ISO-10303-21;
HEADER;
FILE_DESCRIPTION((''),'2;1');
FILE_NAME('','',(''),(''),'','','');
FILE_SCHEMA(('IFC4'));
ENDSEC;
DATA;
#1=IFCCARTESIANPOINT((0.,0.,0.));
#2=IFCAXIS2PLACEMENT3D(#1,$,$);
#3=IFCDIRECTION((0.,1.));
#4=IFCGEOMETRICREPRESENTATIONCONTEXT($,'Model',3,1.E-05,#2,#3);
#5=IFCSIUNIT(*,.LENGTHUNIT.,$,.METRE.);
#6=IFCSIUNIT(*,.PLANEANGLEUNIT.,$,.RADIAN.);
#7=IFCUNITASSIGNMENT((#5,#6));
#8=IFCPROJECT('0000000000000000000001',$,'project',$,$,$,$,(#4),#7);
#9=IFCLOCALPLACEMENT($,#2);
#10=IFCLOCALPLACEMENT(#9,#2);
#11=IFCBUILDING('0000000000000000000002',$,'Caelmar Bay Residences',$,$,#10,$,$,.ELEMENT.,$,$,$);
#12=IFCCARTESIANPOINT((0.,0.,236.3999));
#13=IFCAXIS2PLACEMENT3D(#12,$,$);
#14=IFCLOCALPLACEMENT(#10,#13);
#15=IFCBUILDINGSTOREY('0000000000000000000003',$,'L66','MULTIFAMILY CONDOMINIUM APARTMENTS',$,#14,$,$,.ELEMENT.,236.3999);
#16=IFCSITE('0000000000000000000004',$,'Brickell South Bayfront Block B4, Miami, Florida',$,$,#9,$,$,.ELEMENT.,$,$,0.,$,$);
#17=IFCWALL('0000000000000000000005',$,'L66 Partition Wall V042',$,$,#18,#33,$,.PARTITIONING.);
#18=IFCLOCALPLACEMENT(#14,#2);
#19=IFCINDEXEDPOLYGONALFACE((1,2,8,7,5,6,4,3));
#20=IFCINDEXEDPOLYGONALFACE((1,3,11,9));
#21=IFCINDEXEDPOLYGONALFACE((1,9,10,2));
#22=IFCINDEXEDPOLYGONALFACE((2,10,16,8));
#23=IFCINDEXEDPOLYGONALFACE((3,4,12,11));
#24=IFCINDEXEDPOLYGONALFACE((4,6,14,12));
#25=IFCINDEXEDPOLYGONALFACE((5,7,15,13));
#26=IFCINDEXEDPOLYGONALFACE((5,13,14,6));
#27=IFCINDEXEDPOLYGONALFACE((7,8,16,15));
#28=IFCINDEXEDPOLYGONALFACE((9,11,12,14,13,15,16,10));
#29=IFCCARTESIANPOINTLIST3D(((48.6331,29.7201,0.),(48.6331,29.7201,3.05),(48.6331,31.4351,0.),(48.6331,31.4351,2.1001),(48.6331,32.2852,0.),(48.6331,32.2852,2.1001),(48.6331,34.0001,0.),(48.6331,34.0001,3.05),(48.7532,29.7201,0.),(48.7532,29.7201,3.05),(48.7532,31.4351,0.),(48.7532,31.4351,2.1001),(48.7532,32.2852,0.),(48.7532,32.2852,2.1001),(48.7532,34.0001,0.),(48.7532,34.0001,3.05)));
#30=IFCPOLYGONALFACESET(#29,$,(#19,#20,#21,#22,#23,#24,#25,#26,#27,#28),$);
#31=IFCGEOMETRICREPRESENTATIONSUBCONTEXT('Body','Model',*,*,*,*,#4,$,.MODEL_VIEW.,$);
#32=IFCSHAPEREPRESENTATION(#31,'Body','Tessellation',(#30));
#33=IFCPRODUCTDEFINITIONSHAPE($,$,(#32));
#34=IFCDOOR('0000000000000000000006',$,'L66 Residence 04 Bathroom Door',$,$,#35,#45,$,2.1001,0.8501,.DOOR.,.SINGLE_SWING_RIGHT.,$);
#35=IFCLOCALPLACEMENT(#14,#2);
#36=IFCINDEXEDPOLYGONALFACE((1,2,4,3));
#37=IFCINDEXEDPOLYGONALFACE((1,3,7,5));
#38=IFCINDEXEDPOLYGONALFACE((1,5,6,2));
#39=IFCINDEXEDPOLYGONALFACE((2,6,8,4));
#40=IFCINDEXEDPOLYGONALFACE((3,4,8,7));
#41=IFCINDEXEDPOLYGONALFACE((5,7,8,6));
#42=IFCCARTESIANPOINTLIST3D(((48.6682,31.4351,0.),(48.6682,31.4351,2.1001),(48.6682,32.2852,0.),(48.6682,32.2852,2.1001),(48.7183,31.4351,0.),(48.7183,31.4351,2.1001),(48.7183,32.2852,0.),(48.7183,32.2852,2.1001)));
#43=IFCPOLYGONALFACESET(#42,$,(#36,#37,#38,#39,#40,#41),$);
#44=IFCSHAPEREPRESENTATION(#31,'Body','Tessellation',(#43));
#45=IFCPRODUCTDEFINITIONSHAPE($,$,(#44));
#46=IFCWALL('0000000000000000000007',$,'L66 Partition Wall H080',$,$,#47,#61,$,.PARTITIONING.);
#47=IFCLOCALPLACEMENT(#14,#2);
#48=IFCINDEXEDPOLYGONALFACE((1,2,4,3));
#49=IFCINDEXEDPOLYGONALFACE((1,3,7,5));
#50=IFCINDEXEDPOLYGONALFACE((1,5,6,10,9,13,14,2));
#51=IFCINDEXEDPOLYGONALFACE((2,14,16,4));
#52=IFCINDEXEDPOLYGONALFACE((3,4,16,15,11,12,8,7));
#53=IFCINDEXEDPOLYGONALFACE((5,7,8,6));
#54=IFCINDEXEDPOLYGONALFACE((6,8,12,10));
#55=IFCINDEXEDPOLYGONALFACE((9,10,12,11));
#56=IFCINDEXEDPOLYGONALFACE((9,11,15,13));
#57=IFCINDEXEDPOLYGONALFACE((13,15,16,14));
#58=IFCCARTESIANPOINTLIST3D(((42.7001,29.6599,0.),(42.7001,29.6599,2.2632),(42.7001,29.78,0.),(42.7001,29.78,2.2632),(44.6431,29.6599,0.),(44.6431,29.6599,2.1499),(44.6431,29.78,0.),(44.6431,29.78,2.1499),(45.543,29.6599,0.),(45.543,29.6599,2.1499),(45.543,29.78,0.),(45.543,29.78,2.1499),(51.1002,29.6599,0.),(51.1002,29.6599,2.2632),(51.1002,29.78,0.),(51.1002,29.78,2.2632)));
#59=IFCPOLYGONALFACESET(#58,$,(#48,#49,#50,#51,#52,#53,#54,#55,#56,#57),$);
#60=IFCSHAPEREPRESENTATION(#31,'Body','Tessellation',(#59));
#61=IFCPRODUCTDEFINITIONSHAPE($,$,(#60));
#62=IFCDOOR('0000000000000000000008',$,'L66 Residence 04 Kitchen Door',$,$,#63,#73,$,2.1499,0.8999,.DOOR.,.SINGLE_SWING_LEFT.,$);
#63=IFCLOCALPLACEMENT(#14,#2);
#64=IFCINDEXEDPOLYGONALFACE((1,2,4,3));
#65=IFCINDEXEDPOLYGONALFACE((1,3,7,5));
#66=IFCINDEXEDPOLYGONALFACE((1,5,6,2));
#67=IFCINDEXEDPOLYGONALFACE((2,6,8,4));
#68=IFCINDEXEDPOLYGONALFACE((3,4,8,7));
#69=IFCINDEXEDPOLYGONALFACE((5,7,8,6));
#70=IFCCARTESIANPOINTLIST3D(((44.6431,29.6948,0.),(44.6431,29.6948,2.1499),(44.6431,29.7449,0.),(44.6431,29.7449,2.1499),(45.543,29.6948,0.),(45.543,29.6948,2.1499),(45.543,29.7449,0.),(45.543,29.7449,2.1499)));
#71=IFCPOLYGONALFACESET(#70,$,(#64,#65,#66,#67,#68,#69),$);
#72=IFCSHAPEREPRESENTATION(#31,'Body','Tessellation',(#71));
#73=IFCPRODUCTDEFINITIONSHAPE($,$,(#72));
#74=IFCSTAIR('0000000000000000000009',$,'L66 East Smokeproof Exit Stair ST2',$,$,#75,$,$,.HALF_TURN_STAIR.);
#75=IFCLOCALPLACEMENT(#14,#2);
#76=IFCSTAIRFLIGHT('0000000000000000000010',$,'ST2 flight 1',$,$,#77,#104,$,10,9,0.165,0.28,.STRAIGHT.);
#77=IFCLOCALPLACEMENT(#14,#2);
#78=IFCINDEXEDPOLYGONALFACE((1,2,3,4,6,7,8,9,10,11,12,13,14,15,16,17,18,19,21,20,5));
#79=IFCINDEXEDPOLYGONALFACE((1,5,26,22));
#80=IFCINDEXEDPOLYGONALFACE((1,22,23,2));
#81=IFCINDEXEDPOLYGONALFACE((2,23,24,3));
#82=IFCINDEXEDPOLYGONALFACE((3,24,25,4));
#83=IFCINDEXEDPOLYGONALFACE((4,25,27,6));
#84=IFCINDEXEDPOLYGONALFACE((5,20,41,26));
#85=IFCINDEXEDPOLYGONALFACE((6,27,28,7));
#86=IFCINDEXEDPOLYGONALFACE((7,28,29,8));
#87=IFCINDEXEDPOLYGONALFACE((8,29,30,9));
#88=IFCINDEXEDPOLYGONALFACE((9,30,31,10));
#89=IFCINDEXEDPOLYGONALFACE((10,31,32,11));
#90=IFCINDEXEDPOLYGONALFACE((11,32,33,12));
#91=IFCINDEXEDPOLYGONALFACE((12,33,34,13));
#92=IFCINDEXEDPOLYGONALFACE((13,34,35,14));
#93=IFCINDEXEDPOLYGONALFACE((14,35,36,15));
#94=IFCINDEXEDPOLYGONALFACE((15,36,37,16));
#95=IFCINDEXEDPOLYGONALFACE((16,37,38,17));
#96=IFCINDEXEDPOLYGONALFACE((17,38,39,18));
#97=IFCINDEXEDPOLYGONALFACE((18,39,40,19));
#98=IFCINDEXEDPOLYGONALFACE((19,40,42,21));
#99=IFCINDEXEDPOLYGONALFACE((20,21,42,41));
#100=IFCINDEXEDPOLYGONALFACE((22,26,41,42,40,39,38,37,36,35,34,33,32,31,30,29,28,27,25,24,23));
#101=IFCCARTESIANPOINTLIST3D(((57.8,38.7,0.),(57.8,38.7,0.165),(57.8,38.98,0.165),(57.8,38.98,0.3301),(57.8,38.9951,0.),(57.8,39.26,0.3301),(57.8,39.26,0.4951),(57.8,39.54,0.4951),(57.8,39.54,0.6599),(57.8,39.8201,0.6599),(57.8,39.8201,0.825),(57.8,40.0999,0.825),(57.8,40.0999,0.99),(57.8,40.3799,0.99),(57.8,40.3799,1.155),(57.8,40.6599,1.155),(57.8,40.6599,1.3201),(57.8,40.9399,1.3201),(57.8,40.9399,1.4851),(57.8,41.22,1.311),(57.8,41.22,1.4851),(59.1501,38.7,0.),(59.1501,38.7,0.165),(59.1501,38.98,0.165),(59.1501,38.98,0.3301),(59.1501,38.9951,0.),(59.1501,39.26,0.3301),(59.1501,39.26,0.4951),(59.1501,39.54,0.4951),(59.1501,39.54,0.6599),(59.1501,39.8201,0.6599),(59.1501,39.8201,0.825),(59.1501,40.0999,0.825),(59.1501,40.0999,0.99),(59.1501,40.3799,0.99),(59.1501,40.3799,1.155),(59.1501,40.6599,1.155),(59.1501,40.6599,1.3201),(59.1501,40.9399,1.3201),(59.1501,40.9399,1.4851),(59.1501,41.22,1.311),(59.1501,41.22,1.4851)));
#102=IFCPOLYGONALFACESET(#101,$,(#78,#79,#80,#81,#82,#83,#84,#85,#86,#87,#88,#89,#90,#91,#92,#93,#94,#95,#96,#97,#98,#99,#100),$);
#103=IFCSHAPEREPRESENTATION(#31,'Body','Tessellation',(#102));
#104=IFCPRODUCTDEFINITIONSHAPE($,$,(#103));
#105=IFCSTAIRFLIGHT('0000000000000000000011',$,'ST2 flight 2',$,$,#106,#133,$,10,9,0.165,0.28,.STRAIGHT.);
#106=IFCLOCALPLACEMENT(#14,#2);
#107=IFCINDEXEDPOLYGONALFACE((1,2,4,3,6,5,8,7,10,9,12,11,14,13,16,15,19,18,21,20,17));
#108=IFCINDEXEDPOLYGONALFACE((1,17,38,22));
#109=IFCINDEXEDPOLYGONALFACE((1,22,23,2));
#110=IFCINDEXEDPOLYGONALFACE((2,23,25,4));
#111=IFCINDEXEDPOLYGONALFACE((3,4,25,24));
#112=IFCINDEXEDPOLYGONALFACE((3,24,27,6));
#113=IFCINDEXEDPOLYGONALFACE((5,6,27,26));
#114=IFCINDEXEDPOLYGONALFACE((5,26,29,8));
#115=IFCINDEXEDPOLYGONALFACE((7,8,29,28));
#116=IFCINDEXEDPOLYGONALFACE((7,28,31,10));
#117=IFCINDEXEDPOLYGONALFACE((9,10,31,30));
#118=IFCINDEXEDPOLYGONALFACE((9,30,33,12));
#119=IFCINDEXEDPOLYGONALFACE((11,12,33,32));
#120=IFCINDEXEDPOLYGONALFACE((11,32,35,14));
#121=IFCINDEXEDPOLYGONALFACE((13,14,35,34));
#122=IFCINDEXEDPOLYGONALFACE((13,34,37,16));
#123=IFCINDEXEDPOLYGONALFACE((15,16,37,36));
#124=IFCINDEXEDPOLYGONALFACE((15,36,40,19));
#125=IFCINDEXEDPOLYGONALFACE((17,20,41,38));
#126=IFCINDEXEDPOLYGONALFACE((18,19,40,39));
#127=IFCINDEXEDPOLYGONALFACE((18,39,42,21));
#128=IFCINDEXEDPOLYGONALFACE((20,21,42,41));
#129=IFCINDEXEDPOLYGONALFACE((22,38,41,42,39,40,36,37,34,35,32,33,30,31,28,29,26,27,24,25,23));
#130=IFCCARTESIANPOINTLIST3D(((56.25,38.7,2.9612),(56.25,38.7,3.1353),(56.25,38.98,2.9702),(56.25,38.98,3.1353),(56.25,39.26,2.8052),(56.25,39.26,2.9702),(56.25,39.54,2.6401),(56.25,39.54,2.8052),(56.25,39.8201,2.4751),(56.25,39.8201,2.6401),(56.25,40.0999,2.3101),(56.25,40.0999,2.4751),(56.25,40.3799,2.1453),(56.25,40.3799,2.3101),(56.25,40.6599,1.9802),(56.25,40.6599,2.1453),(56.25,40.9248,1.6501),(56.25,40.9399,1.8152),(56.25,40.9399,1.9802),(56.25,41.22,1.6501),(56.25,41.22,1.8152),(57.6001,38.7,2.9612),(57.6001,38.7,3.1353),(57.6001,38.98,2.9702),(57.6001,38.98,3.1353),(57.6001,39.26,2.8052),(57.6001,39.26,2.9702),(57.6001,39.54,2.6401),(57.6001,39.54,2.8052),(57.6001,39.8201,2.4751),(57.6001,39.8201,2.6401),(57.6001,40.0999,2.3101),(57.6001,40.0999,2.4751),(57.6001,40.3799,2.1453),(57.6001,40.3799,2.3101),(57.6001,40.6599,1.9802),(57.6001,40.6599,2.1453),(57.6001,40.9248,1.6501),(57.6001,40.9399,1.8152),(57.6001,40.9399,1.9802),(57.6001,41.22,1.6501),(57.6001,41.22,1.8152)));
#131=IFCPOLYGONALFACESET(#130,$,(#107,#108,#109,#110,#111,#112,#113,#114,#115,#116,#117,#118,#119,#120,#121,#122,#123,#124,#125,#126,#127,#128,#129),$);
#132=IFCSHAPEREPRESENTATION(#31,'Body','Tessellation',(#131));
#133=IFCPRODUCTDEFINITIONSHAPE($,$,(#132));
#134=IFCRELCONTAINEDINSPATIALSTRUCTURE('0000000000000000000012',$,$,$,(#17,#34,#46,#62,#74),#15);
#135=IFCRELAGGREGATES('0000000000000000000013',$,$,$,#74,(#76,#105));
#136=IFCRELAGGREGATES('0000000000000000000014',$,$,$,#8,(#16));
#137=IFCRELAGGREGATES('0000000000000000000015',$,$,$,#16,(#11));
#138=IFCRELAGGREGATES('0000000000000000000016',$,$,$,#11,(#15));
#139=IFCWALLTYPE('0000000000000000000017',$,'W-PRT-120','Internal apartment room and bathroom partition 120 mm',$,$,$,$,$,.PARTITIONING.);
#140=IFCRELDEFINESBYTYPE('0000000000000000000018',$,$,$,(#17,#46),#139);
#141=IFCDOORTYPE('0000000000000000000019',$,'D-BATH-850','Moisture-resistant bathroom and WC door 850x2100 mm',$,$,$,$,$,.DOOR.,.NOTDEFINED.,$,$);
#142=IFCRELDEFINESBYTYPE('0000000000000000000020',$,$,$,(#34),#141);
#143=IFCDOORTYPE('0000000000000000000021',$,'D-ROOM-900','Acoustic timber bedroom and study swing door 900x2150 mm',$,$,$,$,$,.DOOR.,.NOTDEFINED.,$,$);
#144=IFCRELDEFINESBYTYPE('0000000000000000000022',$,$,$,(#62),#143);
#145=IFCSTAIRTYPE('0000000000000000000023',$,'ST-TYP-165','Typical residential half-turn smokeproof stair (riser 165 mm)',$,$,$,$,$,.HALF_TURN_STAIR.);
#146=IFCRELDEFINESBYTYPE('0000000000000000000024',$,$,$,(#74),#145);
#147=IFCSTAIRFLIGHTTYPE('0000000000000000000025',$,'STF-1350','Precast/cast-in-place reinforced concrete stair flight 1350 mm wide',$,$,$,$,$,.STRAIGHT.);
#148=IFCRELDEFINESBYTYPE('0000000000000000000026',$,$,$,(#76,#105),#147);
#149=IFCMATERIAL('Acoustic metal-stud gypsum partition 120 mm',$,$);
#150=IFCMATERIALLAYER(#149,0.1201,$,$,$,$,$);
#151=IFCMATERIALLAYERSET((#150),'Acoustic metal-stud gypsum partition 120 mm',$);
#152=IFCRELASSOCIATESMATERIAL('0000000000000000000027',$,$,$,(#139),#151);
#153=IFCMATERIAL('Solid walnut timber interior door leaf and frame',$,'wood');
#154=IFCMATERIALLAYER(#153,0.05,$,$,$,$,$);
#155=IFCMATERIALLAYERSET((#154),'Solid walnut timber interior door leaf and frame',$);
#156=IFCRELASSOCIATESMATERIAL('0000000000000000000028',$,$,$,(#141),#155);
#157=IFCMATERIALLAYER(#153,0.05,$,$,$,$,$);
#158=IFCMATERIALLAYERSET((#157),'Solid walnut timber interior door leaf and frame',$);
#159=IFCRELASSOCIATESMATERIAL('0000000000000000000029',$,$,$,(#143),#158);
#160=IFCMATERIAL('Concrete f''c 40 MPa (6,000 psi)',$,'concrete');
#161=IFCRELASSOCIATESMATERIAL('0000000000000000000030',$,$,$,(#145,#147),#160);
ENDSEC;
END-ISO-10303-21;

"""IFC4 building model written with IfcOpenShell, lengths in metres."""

from ifc_helpers import new_model, si_unit, direction, frame, frame_2d, origin, place, context, subcontext, project, spatial, polyline, rectangle, outline, extrude, material, layer, layer_set, type_object, element, fill, aggregate, save


model = new_model("IFC4")

# Units and contexts
model_context = context("Model", 3, precision=1e-05, world=origin(), true_north=direction((0.0, 1.0)))
body_context = subcontext(model_context, "Body", "Model", "MODEL_VIEW")
ifc_project = project(units=[si_unit("LENGTHUNIT", "METRE"), si_unit("PLANEANGLEUNIT", "RADIAN")], contexts=[model_context])

# Site, building, storey
site_placement = place(None, origin())
site = spatial("IfcSite", under=ifc_project, at=site_placement, Name="Brickell South Bayfront Block B4, Miami, Florida", CompositionType="ELEMENT", RefElevation=0.0)
building_placement = place(site_placement, origin())
building = spatial("IfcBuilding", under=site, at=building_placement, Name="Caelmar Bay Residences", CompositionType="ELEMENT")
storey_placement = place(building_placement, frame((0.0, 0.0, 236.3999)))
storey = spatial("IfcBuildingStorey", under=building, at=storey_placement, Name="L66", Description="MULTIFAMILY CONDOMINIUM APARTMENTS", CompositionType="ELEMENT", Elevation=236.3999)

# Shared definitions
ifc_material_1 = material(Name="Acoustic metal-stud gypsum partition 120 mm")
ifc_layer_1 = layer(ifc_material_1, 0.1201)
ifc_layer_set_1 = layer_set([ifc_layer_1], Name="Acoustic metal-stud gypsum partition 120 mm")
wall_type_1 = type_object("IfcWallType", Name="W-PRT-120", Description="Internal apartment room and bathroom partition 120 mm", PredefinedType="PARTITIONING", material=ifc_layer_set_1)

# Walls, openings, doors
wall_1_placement = place(storey_placement, frame((48.6931, 29.72, 0.0), z_axis=(0.0, 0.0, 1.0), x_axis=(0.0, 1.0, 0.0)))
wall_1 = element("IfcWall", 1, at=wall_1_placement, inside=storey, type_object=wall_type_1, Name="L66 Partition Wall V042", PredefinedType="PARTITIONING", context=body_context, shape_type="SweptSolid", body=[
    extrude(rectangle(XDim=4.28, YDim=0.1201, at=frame_2d((2.1401, 0.0))), origin(), (0.0, 0.0, 1.0), 3.05),
])
opening_1_placement = place(wall_1_placement, frame((1.7151, 0.0, 0.0)))
opening_1 = element("IfcOpeningElement", 2, at=opening_1_placement, cuts=wall_1, PredefinedType="OPENING", context=body_context, shape_type="SweptSolid", body=[
    extrude(rectangle(XDim=0.8501, YDim=2.1001, at=frame_2d((0.425, 1.05))), frame((0.0, 0.0701, 0.0), z_axis=(0.0, -1.0, 0.0), x_axis=(1.0, 0.0, 0.0)), (0.0, 0.0, 1.0), 0.1401),
])
ifc_material_2 = material(Name="Solid walnut timber interior door leaf and frame", Category="wood")
ifc_layer_2 = layer(ifc_material_2, 0.05)
ifc_layer_set_2 = layer_set([ifc_layer_2], Name="Solid walnut timber interior door leaf and frame")
door_type_1 = type_object("IfcDoorType", Name="D-BATH-850", Description="Moisture-resistant bathroom and WC door 850x2100 mm", OperationType="NOTDEFINED", PredefinedType="DOOR", material=ifc_layer_set_2)
door_1_placement = place(opening_1_placement, origin())
door_1 = element("IfcDoor", 3, at=door_1_placement, inside=storey, type_object=door_type_1, Name="L66 Residence 04 Bathroom Door", OperationType="SINGLE_SWING_RIGHT", OverallHeight=2.1001, OverallWidth=0.8501, PredefinedType="DOOR", context=body_context, shape_type="SweptSolid", body=[
    extrude(rectangle(XDim=0.8501, YDim=2.1001, at=frame_2d((0.425, 1.05))), frame((0.0, 0.0249, 0.0), z_axis=(0.0, -1.0, 0.0), x_axis=(1.0, 0.0, 0.0)), (0.0, 0.0, 1.0), 0.05),
])
fill(opening_1, door_1)
wall_2_placement = place(storey_placement, frame((42.7, 29.72, 0.0), z_axis=(0.0, 0.0, 1.0), x_axis=(1.0, 0.0, 0.0)))
wall_2 = element("IfcWall", 4, at=wall_2_placement, inside=storey, type_object=wall_type_1, Name="L66 Partition Wall H080", PredefinedType="PARTITIONING", context=body_context, shape_type="SweptSolid", body=[
    extrude(rectangle(XDim=8.4001, YDim=0.1201, at=frame_2d((4.2002, 0.0))), origin(), (0.0, 0.0, 1.0), 2.2632),
])
opening_2_placement = place(wall_2_placement, frame((1.9431, 0.0, 0.0)))
opening_2 = element("IfcOpeningElement", 5, at=opening_2_placement, cuts=wall_2, PredefinedType="OPENING", context=body_context, shape_type="SweptSolid", body=[
    extrude(rectangle(XDim=0.8999, YDim=2.1499, at=frame_2d((0.45, 1.075))), frame((0.0, 0.0701, 0.0), z_axis=(0.0, -1.0, 0.0), x_axis=(1.0, 0.0, 0.0)), (0.0, 0.0, 1.0), 0.1401),
])
ifc_layer_3 = layer(ifc_material_2, 0.05)
ifc_layer_set_3 = layer_set([ifc_layer_3], Name="Solid walnut timber interior door leaf and frame")
door_type_2 = type_object("IfcDoorType", Name="D-ROOM-900", Description="Acoustic timber bedroom and study swing door 900x2150 mm", OperationType="NOTDEFINED", PredefinedType="DOOR", material=ifc_layer_set_3)
door_2_placement = place(opening_2_placement, origin())
door_2 = element("IfcDoor", 6, at=door_2_placement, inside=storey, type_object=door_type_2, Name="L66 Residence 04 Kitchen Door", OperationType="SINGLE_SWING_LEFT", OverallHeight=2.1499, OverallWidth=0.8999, PredefinedType="DOOR", context=body_context, shape_type="SweptSolid", body=[
    extrude(rectangle(XDim=0.8999, YDim=2.1499, at=frame_2d((0.45, 1.075))), frame((0.0, 0.0249, 0.0), z_axis=(0.0, -1.0, 0.0), x_axis=(1.0, 0.0, 0.0)), (0.0, 0.0, 1.0), 0.05),
])
fill(opening_2, door_2)

# Stair, stair flights
ifc_material_3 = material(Name="Concrete f'c 40 MPa (6,000 psi)", Category="concrete")
stair_type = type_object("IfcStairType", Name="ST-TYP-165", Description="Typical residential half-turn smokeproof stair (riser 165 mm)", PredefinedType="HALF_TURN_STAIR", material=ifc_material_3)
stair_placement = place(storey_placement, origin())
stair = element("IfcStair", 7, at=stair_placement, inside=storey, type_object=stair_type, Name="L66 East Smokeproof Exit Stair ST2", PredefinedType="HALF_TURN_STAIR")
stair_flight_type = type_object("IfcStairFlightType", Name="STF-1350", Description="Precast/cast-in-place reinforced concrete stair flight 1350 mm wide", PredefinedType="STRAIGHT", material=ifc_material_3)
stair_flight_1_placement = place(storey_placement, frame((58.4751, 38.7, 0.0), z_axis=(0.0, 0.0, 1.0), x_axis=(0.0, 1.0, 0.0)))
stair_flight_1 = element("IfcStairFlight", 8, at=stair_flight_1_placement, type_object=stair_flight_type, Name="ST2 flight 1", NumberOfRisers=10, NumberOfTreads=9, PredefinedType="STRAIGHT", RiserHeight=0.165, TreadLength=0.28, context=body_context, shape_type="SweptSolid", body=[
    extrude(outline(polyline([(0.0, 0.0), (0.0, 0.165), (0.28, 0.165), (0.28, 0.3301), (0.5601, 0.3301), (0.5601, 0.4951), (0.8401, 0.4951), (0.8401, 0.6599), (1.1201, 0.6599), (1.1201, 0.825), (1.3999, 0.825), (1.3999, 0.99), (1.6799, 0.99), (1.6799, 1.155), (1.96, 1.155), (1.96, 1.3201), (2.24, 1.3201), (2.24, 1.4851), (2.52, 1.4851), (2.52, 1.6499), (2.52, 1.311), (0.2952, 0.0), (0.0, 0.0)])), frame((0.0, 0.675, 0.0), z_axis=(0.0, -1.0, 0.0), x_axis=(1.0, 0.0, 0.0)), (0.0, 0.0, 1.0), 1.3501),
])
stair_flight_2_placement = place(storey_placement, frame((56.925, 41.22, 1.6501), z_axis=(0.0, 0.0, 1.0), x_axis=(0.0, -1.0, 0.0)))
stair_flight_2 = element("IfcStairFlight", 9, at=stair_flight_2_placement, type_object=stair_flight_type, Name="ST2 flight 2", NumberOfRisers=10, NumberOfTreads=9, PredefinedType="STRAIGHT", RiserHeight=0.165, TreadLength=0.28, context=body_context, shape_type="SweptSolid", body=[
    extrude(outline(polyline([(0.0, 0.0), (0.0, 0.165), (0.28, 0.165), (0.28, 0.3301), (0.5601, 0.3301), (0.5601, 0.4951), (0.8401, 0.4951), (0.8401, 0.6599), (1.1201, 0.6599), (1.1201, 0.825), (1.3999, 0.825), (1.3999, 0.99), (1.6799, 0.99), (1.6799, 1.155), (1.96, 1.155), (1.96, 1.3201), (2.24, 1.3201), (2.24, 1.4851), (2.52, 1.4851), (2.52, 1.6499), (2.52, 1.311), (0.2952, 0.0), (0.0, 0.0)])), frame((0.0, 0.675, 0.0), z_axis=(0.0, -1.0, 0.0), x_axis=(1.0, 0.0, 0.0)), (0.0, 0.0, 1.0), 1.3501),
])
aggregate(stair, [stair_flight_1, stair_flight_2])

save(model, "model.ifc")
